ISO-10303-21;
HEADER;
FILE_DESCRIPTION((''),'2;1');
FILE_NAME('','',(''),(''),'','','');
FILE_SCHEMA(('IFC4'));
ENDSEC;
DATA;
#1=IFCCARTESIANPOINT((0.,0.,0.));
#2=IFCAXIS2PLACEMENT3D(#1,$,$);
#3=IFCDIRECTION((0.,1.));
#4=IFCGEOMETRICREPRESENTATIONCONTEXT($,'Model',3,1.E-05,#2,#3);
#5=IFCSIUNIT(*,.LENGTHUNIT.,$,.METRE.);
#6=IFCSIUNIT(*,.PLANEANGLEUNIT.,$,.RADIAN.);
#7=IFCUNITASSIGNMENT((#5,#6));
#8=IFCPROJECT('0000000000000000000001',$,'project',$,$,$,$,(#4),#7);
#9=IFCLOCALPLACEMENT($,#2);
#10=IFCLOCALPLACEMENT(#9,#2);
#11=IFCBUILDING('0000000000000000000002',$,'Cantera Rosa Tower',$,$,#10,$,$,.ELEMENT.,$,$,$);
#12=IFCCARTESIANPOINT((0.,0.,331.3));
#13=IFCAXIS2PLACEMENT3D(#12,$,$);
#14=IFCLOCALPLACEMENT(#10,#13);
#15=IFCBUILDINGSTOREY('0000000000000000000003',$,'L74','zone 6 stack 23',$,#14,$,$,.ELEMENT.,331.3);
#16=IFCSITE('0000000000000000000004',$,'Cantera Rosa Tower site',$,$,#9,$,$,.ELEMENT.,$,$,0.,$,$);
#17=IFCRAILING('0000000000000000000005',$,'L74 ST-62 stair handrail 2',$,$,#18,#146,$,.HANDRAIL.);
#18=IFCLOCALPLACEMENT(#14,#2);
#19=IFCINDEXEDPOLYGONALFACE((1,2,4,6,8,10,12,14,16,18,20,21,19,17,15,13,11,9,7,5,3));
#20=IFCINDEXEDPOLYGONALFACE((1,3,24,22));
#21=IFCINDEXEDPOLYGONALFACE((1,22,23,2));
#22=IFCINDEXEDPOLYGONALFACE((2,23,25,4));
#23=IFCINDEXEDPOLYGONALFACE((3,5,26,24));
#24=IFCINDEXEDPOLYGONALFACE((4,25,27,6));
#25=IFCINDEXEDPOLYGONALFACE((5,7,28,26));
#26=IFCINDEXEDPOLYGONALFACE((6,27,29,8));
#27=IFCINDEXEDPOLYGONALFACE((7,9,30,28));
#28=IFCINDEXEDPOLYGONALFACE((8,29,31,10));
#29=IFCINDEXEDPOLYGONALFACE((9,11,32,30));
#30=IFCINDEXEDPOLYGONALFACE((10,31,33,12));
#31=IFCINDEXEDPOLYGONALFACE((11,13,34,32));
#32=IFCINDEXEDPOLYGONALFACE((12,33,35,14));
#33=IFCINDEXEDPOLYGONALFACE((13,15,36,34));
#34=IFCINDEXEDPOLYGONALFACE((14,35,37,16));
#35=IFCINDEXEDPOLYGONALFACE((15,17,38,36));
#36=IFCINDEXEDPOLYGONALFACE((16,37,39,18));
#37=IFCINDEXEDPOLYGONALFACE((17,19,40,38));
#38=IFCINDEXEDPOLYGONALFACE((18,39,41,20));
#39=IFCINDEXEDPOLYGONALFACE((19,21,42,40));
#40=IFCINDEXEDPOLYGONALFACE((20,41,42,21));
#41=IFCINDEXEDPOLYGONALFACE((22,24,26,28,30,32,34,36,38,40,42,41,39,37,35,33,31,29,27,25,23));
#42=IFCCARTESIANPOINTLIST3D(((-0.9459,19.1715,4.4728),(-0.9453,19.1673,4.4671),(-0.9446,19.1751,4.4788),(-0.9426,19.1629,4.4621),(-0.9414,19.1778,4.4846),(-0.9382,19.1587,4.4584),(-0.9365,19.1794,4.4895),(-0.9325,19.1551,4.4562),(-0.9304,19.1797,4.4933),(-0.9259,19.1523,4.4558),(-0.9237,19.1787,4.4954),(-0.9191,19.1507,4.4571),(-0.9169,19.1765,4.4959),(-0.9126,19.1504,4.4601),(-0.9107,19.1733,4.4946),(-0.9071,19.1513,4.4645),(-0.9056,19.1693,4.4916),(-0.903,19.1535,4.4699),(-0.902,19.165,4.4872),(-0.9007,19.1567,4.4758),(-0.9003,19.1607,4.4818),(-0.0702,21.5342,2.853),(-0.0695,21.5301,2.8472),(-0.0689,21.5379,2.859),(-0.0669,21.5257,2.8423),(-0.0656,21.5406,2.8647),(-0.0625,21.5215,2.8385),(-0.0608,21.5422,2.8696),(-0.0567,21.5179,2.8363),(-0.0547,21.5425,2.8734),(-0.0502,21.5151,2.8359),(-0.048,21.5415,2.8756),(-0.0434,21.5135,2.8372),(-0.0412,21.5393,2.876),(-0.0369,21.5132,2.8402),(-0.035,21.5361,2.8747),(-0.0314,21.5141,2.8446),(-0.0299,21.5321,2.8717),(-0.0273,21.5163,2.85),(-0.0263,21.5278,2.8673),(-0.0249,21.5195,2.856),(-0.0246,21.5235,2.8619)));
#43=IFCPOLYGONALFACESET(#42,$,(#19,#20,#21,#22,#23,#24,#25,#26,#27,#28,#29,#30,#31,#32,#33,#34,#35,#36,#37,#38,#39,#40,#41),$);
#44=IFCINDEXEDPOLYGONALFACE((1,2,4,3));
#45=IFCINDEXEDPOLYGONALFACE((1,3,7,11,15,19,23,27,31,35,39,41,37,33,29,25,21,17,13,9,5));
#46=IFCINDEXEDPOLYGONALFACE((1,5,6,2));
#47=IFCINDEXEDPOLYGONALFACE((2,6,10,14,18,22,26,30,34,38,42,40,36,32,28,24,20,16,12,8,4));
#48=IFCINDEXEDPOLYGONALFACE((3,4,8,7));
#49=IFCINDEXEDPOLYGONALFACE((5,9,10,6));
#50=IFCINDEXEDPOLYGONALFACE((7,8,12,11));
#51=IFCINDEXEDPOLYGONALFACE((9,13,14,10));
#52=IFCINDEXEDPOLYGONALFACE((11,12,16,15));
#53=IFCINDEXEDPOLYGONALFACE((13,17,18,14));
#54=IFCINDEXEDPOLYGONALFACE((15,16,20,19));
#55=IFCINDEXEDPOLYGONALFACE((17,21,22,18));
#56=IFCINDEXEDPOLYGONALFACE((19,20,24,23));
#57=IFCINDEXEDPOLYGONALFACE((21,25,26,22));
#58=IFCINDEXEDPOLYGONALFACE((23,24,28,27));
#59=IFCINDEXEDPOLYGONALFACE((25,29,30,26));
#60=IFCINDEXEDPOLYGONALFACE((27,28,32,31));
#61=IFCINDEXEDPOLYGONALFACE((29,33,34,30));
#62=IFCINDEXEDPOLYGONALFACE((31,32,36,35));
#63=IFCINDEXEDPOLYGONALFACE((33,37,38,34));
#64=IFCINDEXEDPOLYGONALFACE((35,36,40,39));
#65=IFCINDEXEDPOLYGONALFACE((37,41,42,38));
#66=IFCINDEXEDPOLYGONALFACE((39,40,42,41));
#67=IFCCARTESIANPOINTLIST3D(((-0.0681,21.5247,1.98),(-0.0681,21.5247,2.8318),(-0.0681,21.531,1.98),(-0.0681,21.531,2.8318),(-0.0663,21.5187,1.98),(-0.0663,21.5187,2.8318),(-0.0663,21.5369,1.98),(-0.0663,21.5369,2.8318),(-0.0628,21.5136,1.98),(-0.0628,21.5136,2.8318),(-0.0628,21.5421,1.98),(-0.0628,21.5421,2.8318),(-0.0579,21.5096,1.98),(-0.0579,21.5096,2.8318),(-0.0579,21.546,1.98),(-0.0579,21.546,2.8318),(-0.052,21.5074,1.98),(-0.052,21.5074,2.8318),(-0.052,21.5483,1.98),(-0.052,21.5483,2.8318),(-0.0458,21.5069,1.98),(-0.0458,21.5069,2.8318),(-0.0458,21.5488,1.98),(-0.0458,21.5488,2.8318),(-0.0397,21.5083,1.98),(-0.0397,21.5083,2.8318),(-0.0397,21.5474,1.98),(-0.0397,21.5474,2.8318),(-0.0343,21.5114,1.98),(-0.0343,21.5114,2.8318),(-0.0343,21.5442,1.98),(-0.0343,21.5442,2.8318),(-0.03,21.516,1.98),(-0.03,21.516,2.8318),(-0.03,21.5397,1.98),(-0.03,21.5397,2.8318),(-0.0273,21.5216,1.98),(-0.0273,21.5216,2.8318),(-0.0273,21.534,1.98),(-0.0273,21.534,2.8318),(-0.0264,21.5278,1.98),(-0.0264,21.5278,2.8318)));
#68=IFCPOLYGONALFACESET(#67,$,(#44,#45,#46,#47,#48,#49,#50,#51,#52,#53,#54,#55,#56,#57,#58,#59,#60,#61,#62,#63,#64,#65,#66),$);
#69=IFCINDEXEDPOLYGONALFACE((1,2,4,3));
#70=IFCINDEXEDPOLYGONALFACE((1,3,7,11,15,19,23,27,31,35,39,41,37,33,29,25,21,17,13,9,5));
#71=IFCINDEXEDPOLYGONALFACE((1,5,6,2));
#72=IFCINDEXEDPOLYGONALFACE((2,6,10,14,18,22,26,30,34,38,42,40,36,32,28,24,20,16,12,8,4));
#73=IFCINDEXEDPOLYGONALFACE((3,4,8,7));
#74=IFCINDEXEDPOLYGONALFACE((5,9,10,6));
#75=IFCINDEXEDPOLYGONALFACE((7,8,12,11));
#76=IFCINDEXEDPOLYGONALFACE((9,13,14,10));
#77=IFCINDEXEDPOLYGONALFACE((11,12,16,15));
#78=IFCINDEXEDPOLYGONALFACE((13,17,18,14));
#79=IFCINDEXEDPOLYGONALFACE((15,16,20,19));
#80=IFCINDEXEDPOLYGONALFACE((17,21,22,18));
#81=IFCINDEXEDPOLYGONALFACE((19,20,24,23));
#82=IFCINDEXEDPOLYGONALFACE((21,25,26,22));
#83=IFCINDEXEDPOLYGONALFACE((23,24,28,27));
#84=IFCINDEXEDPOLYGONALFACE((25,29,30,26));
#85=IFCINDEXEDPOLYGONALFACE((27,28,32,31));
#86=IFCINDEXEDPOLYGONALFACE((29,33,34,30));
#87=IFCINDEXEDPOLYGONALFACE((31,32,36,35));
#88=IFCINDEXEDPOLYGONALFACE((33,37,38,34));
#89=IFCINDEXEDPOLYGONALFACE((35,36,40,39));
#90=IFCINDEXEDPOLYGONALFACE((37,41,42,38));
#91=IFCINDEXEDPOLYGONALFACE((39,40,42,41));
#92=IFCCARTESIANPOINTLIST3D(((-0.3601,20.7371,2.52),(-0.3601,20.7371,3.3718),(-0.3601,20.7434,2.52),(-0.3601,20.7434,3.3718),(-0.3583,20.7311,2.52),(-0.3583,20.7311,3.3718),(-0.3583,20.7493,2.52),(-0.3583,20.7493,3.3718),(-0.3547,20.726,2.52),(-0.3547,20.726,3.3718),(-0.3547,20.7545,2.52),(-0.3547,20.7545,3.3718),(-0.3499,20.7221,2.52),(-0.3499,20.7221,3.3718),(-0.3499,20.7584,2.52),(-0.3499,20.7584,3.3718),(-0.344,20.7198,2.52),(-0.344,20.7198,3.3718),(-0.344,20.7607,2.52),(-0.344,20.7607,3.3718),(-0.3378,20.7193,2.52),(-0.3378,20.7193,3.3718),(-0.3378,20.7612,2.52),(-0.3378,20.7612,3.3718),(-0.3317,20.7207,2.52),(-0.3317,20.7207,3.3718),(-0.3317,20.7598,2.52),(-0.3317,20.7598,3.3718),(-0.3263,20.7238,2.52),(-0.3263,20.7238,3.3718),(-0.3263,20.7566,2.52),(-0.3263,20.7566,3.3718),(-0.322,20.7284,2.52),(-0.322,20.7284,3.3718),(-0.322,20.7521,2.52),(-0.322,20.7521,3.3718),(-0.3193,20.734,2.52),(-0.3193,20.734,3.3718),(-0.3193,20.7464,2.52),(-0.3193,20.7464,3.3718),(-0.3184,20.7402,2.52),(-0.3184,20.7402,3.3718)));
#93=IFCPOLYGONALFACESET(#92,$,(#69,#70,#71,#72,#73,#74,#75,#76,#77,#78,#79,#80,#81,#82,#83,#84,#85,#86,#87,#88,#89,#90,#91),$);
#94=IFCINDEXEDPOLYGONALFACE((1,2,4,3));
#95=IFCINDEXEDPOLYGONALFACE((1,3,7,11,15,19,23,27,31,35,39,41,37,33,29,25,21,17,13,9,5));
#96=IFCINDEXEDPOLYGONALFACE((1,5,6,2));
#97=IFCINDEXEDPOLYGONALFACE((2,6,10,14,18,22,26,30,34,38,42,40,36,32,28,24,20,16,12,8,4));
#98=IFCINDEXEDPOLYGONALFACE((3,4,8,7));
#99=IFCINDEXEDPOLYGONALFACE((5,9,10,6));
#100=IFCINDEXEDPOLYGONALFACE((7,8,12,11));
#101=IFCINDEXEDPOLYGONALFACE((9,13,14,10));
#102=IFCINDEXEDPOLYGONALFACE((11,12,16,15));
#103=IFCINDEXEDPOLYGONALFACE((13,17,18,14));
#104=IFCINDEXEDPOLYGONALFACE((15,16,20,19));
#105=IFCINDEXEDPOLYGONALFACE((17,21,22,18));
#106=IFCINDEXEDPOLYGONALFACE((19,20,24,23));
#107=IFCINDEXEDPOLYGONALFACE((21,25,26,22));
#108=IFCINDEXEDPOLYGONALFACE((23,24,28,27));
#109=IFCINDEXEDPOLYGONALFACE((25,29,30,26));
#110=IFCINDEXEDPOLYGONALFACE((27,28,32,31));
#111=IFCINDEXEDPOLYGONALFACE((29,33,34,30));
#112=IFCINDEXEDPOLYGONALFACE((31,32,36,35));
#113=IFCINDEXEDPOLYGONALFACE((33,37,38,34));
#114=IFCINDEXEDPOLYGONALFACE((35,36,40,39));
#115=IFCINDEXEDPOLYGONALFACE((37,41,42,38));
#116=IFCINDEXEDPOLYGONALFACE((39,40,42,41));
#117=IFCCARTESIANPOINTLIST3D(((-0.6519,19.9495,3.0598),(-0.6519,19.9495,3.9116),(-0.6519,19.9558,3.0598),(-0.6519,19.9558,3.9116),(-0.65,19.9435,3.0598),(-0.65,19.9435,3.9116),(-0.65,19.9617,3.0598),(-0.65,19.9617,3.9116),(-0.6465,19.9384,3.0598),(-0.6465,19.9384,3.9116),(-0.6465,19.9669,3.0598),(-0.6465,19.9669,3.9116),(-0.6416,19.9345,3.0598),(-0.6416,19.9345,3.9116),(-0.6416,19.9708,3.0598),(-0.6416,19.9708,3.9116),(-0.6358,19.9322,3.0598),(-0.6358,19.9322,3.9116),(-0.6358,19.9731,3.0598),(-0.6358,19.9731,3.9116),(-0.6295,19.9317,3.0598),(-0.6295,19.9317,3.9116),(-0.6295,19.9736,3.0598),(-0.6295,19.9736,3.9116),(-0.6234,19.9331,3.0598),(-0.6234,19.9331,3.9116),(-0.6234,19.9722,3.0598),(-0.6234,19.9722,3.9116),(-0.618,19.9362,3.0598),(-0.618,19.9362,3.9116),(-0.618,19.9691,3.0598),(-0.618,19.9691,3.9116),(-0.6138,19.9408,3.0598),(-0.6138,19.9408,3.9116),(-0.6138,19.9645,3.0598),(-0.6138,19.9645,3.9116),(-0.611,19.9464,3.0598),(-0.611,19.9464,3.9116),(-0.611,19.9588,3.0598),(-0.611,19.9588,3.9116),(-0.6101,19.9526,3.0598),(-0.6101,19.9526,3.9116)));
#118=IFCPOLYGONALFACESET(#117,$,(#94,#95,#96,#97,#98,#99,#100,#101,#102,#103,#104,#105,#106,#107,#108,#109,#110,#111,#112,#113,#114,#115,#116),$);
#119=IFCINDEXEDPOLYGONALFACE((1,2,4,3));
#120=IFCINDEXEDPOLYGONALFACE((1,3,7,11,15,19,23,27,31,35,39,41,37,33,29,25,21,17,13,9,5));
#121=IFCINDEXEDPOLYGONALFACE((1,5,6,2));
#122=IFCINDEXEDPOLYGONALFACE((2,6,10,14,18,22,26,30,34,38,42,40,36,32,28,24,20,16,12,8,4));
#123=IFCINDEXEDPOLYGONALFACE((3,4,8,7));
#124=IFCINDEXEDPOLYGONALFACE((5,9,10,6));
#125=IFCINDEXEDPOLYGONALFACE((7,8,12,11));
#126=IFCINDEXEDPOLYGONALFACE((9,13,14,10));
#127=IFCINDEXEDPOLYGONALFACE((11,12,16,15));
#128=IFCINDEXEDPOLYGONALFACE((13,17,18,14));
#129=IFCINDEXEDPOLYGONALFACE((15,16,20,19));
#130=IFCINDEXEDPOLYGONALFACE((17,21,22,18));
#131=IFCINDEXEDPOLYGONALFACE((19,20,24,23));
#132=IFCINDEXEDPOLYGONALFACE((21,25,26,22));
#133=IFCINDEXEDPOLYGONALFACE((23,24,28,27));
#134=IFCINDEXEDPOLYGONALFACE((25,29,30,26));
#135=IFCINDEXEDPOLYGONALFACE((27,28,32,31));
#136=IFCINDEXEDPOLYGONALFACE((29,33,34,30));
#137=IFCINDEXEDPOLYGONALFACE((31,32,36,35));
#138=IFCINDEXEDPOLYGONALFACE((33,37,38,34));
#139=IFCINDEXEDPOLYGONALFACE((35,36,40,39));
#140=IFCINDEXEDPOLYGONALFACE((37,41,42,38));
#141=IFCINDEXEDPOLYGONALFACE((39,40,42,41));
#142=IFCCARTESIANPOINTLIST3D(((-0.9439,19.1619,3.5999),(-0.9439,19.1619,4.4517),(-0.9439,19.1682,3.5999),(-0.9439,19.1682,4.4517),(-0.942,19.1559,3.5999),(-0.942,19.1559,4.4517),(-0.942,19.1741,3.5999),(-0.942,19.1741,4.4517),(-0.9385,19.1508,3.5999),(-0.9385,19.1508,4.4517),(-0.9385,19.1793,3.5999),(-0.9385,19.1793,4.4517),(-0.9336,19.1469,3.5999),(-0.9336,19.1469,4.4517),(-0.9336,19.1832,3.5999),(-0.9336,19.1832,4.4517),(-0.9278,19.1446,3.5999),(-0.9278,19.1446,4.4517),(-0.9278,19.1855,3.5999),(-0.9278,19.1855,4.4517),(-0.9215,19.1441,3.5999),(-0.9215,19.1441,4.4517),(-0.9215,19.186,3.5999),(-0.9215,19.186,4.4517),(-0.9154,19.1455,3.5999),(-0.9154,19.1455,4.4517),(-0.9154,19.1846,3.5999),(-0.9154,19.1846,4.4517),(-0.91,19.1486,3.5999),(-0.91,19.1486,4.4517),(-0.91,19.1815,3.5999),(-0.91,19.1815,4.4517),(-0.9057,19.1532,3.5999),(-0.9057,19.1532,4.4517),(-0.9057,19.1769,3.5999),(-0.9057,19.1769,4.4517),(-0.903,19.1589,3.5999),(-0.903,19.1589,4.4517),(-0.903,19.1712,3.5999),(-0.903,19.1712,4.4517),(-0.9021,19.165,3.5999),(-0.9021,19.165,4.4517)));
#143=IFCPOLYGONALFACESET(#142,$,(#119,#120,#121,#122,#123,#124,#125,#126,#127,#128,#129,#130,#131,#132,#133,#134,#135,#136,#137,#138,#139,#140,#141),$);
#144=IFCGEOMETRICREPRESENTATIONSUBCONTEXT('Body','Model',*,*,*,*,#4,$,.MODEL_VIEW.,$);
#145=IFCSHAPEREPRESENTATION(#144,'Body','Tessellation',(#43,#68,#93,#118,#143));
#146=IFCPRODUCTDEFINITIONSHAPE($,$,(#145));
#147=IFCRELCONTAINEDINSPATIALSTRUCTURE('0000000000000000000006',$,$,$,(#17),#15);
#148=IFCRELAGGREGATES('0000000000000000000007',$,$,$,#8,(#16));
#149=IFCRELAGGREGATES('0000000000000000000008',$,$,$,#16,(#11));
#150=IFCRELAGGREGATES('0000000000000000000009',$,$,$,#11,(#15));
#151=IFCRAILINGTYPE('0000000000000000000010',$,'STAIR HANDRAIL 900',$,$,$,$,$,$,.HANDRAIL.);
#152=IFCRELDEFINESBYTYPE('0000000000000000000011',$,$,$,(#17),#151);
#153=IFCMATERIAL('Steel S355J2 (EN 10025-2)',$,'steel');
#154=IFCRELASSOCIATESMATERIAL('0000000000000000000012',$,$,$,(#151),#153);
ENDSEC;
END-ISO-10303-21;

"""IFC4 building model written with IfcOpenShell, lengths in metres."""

from ifc_helpers import new_model, si_unit, direction, frame, origin, origin_2d, place, context, subcontext, project, spatial, circle, extrude, material, type_object, element, save


model = new_model("IFC4")

# Units and contexts
model_context = context("Model", 3, precision=1e-05, world=origin(), true_north=direction((0.0, 1.0)))
body_context = subcontext(model_context, "Body", "Model", "MODEL_VIEW")
ifc_project = project(units=[si_unit("LENGTHUNIT", "METRE"), si_unit("PLANEANGLEUNIT", "RADIAN")], contexts=[model_context])

# Site, building, storey
site_placement = place(None, origin())
site = spatial("IfcSite", under=ifc_project, at=site_placement, Name="Cantera Rosa Tower site", CompositionType="ELEMENT", RefElevation=0.0)
building_placement = place(site_placement, origin())
building = spatial("IfcBuilding", under=site, at=building_placement, Name="Cantera Rosa Tower", CompositionType="ELEMENT")
storey_placement = place(building_placement, frame((0.0, 0.0, 331.3)))
storey = spatial("IfcBuildingStorey", under=building, at=storey_placement, Name="L74", Description="zone 6 stack 23", CompositionType="ELEMENT", Elevation=331.3)

# Railing
ifc_material_1 = material(Name="Steel S355J2 (EN 10025-2)", Category="steel")
railing_type = type_object("IfcRailingType", Name="STAIR HANDRAIL 900", PredefinedType="HANDRAIL", material=ifc_material_1)
railing_placement = place(storey_placement, frame((-0.0474, 21.5278, 1.98)))
element("IfcRailing", 1, at=railing_placement, inside=storey, type_object=railing_type, Name="L74 ST-62 stair handrail 2", PredefinedType="HANDRAIL", context=body_context, shape_type="SweptSolid", body=[
    extrude(circle(Radius=0.0239, at=origin_2d()), frame((0.0, 0.0, 0.876), z_axis=(-0.292338, -0.788752, 0.540749), x_axis=(0.937668, -0.347532, 0.0)), (0.0, 0.0, 1.0), 2.9956),
    extrude(circle(Radius=0.021, at=origin_2d()), origin(), (0.0, 0.0, 1.0), 0.8518),
    extrude(circle(Radius=0.021, at=origin_2d()), frame((-0.292, -0.7876, 0.54)), (0.0, 0.0, 1.0), 0.8518),
    extrude(circle(Radius=0.021, at=origin_2d()), frame((-0.5837, -1.5752, 1.0798)), (0.0, 0.0, 1.0), 0.8518),
    extrude(circle(Radius=0.021, at=origin_2d()), frame((-0.8757, -2.3628, 1.6199)), (0.0, 0.0, 1.0), 0.8518),
])

save(model, "model.ifc")
